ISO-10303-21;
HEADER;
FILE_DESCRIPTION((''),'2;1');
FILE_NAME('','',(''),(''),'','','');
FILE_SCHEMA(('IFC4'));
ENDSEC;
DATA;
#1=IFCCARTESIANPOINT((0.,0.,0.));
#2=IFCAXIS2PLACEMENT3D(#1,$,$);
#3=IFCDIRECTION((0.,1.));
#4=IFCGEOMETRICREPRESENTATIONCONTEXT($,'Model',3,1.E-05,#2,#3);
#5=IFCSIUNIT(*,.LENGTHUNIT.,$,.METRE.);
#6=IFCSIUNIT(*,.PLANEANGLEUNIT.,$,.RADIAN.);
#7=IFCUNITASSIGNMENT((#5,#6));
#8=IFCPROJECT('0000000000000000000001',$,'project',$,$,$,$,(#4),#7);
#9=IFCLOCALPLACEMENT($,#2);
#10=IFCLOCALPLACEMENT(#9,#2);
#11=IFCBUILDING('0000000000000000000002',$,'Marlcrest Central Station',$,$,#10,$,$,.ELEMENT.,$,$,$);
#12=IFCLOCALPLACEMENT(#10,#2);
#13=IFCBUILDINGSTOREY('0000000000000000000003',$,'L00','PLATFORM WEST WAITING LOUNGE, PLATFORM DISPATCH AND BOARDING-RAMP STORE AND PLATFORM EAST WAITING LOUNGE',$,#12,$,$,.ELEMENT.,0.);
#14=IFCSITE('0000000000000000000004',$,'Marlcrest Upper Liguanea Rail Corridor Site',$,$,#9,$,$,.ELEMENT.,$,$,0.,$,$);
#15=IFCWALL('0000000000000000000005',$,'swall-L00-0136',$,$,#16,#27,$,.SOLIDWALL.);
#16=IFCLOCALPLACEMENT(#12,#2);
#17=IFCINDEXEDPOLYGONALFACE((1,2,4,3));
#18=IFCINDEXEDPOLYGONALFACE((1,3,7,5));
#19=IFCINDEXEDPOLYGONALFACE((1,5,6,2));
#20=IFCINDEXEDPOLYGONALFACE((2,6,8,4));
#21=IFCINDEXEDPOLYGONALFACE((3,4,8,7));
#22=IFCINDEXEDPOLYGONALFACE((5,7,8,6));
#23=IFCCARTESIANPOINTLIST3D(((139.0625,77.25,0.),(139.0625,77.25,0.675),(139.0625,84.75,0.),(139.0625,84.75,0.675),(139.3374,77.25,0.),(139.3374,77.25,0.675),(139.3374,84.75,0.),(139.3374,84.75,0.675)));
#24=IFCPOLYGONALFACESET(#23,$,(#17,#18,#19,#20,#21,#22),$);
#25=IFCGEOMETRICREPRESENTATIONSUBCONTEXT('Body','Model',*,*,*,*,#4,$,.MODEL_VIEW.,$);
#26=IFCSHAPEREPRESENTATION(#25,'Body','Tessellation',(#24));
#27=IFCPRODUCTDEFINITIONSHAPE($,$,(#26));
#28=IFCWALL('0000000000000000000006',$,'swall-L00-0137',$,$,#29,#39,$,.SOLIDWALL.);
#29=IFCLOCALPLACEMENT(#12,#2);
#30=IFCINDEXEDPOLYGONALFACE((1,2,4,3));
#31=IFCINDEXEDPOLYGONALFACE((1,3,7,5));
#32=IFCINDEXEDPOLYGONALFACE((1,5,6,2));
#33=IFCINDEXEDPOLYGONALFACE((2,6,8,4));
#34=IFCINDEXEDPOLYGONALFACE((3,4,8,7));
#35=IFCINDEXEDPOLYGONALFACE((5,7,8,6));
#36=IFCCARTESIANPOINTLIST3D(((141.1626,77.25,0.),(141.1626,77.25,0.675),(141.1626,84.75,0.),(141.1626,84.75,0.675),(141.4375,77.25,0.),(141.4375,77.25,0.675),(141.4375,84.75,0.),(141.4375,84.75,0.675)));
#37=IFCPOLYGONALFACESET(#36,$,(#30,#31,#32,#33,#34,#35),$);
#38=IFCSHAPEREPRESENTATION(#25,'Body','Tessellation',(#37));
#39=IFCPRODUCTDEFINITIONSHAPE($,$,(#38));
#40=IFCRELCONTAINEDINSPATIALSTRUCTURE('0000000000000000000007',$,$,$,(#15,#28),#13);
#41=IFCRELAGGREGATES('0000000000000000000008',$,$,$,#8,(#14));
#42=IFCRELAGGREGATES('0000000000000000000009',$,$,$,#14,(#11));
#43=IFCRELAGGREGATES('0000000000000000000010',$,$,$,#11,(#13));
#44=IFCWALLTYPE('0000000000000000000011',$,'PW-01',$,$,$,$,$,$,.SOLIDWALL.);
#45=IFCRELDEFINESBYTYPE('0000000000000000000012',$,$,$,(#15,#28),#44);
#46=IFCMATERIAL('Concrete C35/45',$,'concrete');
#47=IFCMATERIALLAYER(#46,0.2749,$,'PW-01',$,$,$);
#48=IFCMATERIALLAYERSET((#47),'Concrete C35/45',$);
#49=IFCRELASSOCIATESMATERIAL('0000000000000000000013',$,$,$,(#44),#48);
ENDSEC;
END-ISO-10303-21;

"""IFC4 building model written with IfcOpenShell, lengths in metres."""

from ifc_helpers import new_model, si_unit, direction, frame, frame_2d, origin, place, context, subcontext, project, spatial, rectangle, extrude, material, layer, layer_set, type_object, element, save


model = new_model("IFC4")

# Units and contexts
model_context = context("Model", 3, precision=1e-05, world=origin(), true_north=direction((0.0, 1.0)))
body_context = subcontext(model_context, "Body", "Model", "MODEL_VIEW")
ifc_project = project(units=[si_unit("LENGTHUNIT", "METRE"), si_unit("PLANEANGLEUNIT", "RADIAN")], contexts=[model_context])

# Site, building, storey
site_placement = place(None, origin())
site = spatial("IfcSite", under=ifc_project, at=site_placement, Name="Marlcrest Upper Liguanea Rail Corridor Site", CompositionType="ELEMENT", RefElevation=0.0)
building_placement = place(site_placement, origin())
building = spatial("IfcBuilding", under=site, at=building_placement, Name="Marlcrest Central Station", CompositionType="ELEMENT")
storey_placement = place(building_placement, origin())
storey = spatial("IfcBuildingStorey", under=building, at=storey_placement, Name="L00", Description="PLATFORM WEST WAITING LOUNGE, PLATFORM DISPATCH AND BOARDING-RAMP STORE AND PLATFORM EAST WAITING LOUNGE", CompositionType="ELEMENT", Elevation=0.0)

# Shared definitions
ifc_material_1 = material(Name="Concrete C35/45", Category="concrete")

# Walls
ifc_layer_1 = layer(ifc_material_1, 0.2749, Name="PW-01")
ifc_layer_set_1 = layer_set([ifc_layer_1], Name="Concrete C35/45")
wall_type_1 = type_object("IfcWallType", Name="PW-01", PredefinedType="SOLIDWALL", material=ifc_layer_set_1)
for number, where, z_axis, x_axis, name in (
    (1, (139.2, 77.25, 0.0), (0.0, 0.0, 1.0), (0.0, 1.0, 0.0), "swall-L00-0136"),
    (2, (141.3, 77.25, 0.0), (0.0, 0.0, 1.0), (0.0, 1.0, 0.0), "swall-L00-0137"),
):
    element("IfcWall", number, at=place(storey_placement, frame(where, z_axis=z_axis, x_axis=x_axis)), inside=storey, type_object=wall_type_1, Name=name, PredefinedType="SOLIDWALL", context=body_context, shape_type="SweptSolid", body=[
        extrude(rectangle(XDim=7.5, YDim=0.2749, at=frame_2d((3.75, 0.0))), origin(), (0.0, 0.0, 1.0), 0.675),
    ])

save(model, "model.ifc")
